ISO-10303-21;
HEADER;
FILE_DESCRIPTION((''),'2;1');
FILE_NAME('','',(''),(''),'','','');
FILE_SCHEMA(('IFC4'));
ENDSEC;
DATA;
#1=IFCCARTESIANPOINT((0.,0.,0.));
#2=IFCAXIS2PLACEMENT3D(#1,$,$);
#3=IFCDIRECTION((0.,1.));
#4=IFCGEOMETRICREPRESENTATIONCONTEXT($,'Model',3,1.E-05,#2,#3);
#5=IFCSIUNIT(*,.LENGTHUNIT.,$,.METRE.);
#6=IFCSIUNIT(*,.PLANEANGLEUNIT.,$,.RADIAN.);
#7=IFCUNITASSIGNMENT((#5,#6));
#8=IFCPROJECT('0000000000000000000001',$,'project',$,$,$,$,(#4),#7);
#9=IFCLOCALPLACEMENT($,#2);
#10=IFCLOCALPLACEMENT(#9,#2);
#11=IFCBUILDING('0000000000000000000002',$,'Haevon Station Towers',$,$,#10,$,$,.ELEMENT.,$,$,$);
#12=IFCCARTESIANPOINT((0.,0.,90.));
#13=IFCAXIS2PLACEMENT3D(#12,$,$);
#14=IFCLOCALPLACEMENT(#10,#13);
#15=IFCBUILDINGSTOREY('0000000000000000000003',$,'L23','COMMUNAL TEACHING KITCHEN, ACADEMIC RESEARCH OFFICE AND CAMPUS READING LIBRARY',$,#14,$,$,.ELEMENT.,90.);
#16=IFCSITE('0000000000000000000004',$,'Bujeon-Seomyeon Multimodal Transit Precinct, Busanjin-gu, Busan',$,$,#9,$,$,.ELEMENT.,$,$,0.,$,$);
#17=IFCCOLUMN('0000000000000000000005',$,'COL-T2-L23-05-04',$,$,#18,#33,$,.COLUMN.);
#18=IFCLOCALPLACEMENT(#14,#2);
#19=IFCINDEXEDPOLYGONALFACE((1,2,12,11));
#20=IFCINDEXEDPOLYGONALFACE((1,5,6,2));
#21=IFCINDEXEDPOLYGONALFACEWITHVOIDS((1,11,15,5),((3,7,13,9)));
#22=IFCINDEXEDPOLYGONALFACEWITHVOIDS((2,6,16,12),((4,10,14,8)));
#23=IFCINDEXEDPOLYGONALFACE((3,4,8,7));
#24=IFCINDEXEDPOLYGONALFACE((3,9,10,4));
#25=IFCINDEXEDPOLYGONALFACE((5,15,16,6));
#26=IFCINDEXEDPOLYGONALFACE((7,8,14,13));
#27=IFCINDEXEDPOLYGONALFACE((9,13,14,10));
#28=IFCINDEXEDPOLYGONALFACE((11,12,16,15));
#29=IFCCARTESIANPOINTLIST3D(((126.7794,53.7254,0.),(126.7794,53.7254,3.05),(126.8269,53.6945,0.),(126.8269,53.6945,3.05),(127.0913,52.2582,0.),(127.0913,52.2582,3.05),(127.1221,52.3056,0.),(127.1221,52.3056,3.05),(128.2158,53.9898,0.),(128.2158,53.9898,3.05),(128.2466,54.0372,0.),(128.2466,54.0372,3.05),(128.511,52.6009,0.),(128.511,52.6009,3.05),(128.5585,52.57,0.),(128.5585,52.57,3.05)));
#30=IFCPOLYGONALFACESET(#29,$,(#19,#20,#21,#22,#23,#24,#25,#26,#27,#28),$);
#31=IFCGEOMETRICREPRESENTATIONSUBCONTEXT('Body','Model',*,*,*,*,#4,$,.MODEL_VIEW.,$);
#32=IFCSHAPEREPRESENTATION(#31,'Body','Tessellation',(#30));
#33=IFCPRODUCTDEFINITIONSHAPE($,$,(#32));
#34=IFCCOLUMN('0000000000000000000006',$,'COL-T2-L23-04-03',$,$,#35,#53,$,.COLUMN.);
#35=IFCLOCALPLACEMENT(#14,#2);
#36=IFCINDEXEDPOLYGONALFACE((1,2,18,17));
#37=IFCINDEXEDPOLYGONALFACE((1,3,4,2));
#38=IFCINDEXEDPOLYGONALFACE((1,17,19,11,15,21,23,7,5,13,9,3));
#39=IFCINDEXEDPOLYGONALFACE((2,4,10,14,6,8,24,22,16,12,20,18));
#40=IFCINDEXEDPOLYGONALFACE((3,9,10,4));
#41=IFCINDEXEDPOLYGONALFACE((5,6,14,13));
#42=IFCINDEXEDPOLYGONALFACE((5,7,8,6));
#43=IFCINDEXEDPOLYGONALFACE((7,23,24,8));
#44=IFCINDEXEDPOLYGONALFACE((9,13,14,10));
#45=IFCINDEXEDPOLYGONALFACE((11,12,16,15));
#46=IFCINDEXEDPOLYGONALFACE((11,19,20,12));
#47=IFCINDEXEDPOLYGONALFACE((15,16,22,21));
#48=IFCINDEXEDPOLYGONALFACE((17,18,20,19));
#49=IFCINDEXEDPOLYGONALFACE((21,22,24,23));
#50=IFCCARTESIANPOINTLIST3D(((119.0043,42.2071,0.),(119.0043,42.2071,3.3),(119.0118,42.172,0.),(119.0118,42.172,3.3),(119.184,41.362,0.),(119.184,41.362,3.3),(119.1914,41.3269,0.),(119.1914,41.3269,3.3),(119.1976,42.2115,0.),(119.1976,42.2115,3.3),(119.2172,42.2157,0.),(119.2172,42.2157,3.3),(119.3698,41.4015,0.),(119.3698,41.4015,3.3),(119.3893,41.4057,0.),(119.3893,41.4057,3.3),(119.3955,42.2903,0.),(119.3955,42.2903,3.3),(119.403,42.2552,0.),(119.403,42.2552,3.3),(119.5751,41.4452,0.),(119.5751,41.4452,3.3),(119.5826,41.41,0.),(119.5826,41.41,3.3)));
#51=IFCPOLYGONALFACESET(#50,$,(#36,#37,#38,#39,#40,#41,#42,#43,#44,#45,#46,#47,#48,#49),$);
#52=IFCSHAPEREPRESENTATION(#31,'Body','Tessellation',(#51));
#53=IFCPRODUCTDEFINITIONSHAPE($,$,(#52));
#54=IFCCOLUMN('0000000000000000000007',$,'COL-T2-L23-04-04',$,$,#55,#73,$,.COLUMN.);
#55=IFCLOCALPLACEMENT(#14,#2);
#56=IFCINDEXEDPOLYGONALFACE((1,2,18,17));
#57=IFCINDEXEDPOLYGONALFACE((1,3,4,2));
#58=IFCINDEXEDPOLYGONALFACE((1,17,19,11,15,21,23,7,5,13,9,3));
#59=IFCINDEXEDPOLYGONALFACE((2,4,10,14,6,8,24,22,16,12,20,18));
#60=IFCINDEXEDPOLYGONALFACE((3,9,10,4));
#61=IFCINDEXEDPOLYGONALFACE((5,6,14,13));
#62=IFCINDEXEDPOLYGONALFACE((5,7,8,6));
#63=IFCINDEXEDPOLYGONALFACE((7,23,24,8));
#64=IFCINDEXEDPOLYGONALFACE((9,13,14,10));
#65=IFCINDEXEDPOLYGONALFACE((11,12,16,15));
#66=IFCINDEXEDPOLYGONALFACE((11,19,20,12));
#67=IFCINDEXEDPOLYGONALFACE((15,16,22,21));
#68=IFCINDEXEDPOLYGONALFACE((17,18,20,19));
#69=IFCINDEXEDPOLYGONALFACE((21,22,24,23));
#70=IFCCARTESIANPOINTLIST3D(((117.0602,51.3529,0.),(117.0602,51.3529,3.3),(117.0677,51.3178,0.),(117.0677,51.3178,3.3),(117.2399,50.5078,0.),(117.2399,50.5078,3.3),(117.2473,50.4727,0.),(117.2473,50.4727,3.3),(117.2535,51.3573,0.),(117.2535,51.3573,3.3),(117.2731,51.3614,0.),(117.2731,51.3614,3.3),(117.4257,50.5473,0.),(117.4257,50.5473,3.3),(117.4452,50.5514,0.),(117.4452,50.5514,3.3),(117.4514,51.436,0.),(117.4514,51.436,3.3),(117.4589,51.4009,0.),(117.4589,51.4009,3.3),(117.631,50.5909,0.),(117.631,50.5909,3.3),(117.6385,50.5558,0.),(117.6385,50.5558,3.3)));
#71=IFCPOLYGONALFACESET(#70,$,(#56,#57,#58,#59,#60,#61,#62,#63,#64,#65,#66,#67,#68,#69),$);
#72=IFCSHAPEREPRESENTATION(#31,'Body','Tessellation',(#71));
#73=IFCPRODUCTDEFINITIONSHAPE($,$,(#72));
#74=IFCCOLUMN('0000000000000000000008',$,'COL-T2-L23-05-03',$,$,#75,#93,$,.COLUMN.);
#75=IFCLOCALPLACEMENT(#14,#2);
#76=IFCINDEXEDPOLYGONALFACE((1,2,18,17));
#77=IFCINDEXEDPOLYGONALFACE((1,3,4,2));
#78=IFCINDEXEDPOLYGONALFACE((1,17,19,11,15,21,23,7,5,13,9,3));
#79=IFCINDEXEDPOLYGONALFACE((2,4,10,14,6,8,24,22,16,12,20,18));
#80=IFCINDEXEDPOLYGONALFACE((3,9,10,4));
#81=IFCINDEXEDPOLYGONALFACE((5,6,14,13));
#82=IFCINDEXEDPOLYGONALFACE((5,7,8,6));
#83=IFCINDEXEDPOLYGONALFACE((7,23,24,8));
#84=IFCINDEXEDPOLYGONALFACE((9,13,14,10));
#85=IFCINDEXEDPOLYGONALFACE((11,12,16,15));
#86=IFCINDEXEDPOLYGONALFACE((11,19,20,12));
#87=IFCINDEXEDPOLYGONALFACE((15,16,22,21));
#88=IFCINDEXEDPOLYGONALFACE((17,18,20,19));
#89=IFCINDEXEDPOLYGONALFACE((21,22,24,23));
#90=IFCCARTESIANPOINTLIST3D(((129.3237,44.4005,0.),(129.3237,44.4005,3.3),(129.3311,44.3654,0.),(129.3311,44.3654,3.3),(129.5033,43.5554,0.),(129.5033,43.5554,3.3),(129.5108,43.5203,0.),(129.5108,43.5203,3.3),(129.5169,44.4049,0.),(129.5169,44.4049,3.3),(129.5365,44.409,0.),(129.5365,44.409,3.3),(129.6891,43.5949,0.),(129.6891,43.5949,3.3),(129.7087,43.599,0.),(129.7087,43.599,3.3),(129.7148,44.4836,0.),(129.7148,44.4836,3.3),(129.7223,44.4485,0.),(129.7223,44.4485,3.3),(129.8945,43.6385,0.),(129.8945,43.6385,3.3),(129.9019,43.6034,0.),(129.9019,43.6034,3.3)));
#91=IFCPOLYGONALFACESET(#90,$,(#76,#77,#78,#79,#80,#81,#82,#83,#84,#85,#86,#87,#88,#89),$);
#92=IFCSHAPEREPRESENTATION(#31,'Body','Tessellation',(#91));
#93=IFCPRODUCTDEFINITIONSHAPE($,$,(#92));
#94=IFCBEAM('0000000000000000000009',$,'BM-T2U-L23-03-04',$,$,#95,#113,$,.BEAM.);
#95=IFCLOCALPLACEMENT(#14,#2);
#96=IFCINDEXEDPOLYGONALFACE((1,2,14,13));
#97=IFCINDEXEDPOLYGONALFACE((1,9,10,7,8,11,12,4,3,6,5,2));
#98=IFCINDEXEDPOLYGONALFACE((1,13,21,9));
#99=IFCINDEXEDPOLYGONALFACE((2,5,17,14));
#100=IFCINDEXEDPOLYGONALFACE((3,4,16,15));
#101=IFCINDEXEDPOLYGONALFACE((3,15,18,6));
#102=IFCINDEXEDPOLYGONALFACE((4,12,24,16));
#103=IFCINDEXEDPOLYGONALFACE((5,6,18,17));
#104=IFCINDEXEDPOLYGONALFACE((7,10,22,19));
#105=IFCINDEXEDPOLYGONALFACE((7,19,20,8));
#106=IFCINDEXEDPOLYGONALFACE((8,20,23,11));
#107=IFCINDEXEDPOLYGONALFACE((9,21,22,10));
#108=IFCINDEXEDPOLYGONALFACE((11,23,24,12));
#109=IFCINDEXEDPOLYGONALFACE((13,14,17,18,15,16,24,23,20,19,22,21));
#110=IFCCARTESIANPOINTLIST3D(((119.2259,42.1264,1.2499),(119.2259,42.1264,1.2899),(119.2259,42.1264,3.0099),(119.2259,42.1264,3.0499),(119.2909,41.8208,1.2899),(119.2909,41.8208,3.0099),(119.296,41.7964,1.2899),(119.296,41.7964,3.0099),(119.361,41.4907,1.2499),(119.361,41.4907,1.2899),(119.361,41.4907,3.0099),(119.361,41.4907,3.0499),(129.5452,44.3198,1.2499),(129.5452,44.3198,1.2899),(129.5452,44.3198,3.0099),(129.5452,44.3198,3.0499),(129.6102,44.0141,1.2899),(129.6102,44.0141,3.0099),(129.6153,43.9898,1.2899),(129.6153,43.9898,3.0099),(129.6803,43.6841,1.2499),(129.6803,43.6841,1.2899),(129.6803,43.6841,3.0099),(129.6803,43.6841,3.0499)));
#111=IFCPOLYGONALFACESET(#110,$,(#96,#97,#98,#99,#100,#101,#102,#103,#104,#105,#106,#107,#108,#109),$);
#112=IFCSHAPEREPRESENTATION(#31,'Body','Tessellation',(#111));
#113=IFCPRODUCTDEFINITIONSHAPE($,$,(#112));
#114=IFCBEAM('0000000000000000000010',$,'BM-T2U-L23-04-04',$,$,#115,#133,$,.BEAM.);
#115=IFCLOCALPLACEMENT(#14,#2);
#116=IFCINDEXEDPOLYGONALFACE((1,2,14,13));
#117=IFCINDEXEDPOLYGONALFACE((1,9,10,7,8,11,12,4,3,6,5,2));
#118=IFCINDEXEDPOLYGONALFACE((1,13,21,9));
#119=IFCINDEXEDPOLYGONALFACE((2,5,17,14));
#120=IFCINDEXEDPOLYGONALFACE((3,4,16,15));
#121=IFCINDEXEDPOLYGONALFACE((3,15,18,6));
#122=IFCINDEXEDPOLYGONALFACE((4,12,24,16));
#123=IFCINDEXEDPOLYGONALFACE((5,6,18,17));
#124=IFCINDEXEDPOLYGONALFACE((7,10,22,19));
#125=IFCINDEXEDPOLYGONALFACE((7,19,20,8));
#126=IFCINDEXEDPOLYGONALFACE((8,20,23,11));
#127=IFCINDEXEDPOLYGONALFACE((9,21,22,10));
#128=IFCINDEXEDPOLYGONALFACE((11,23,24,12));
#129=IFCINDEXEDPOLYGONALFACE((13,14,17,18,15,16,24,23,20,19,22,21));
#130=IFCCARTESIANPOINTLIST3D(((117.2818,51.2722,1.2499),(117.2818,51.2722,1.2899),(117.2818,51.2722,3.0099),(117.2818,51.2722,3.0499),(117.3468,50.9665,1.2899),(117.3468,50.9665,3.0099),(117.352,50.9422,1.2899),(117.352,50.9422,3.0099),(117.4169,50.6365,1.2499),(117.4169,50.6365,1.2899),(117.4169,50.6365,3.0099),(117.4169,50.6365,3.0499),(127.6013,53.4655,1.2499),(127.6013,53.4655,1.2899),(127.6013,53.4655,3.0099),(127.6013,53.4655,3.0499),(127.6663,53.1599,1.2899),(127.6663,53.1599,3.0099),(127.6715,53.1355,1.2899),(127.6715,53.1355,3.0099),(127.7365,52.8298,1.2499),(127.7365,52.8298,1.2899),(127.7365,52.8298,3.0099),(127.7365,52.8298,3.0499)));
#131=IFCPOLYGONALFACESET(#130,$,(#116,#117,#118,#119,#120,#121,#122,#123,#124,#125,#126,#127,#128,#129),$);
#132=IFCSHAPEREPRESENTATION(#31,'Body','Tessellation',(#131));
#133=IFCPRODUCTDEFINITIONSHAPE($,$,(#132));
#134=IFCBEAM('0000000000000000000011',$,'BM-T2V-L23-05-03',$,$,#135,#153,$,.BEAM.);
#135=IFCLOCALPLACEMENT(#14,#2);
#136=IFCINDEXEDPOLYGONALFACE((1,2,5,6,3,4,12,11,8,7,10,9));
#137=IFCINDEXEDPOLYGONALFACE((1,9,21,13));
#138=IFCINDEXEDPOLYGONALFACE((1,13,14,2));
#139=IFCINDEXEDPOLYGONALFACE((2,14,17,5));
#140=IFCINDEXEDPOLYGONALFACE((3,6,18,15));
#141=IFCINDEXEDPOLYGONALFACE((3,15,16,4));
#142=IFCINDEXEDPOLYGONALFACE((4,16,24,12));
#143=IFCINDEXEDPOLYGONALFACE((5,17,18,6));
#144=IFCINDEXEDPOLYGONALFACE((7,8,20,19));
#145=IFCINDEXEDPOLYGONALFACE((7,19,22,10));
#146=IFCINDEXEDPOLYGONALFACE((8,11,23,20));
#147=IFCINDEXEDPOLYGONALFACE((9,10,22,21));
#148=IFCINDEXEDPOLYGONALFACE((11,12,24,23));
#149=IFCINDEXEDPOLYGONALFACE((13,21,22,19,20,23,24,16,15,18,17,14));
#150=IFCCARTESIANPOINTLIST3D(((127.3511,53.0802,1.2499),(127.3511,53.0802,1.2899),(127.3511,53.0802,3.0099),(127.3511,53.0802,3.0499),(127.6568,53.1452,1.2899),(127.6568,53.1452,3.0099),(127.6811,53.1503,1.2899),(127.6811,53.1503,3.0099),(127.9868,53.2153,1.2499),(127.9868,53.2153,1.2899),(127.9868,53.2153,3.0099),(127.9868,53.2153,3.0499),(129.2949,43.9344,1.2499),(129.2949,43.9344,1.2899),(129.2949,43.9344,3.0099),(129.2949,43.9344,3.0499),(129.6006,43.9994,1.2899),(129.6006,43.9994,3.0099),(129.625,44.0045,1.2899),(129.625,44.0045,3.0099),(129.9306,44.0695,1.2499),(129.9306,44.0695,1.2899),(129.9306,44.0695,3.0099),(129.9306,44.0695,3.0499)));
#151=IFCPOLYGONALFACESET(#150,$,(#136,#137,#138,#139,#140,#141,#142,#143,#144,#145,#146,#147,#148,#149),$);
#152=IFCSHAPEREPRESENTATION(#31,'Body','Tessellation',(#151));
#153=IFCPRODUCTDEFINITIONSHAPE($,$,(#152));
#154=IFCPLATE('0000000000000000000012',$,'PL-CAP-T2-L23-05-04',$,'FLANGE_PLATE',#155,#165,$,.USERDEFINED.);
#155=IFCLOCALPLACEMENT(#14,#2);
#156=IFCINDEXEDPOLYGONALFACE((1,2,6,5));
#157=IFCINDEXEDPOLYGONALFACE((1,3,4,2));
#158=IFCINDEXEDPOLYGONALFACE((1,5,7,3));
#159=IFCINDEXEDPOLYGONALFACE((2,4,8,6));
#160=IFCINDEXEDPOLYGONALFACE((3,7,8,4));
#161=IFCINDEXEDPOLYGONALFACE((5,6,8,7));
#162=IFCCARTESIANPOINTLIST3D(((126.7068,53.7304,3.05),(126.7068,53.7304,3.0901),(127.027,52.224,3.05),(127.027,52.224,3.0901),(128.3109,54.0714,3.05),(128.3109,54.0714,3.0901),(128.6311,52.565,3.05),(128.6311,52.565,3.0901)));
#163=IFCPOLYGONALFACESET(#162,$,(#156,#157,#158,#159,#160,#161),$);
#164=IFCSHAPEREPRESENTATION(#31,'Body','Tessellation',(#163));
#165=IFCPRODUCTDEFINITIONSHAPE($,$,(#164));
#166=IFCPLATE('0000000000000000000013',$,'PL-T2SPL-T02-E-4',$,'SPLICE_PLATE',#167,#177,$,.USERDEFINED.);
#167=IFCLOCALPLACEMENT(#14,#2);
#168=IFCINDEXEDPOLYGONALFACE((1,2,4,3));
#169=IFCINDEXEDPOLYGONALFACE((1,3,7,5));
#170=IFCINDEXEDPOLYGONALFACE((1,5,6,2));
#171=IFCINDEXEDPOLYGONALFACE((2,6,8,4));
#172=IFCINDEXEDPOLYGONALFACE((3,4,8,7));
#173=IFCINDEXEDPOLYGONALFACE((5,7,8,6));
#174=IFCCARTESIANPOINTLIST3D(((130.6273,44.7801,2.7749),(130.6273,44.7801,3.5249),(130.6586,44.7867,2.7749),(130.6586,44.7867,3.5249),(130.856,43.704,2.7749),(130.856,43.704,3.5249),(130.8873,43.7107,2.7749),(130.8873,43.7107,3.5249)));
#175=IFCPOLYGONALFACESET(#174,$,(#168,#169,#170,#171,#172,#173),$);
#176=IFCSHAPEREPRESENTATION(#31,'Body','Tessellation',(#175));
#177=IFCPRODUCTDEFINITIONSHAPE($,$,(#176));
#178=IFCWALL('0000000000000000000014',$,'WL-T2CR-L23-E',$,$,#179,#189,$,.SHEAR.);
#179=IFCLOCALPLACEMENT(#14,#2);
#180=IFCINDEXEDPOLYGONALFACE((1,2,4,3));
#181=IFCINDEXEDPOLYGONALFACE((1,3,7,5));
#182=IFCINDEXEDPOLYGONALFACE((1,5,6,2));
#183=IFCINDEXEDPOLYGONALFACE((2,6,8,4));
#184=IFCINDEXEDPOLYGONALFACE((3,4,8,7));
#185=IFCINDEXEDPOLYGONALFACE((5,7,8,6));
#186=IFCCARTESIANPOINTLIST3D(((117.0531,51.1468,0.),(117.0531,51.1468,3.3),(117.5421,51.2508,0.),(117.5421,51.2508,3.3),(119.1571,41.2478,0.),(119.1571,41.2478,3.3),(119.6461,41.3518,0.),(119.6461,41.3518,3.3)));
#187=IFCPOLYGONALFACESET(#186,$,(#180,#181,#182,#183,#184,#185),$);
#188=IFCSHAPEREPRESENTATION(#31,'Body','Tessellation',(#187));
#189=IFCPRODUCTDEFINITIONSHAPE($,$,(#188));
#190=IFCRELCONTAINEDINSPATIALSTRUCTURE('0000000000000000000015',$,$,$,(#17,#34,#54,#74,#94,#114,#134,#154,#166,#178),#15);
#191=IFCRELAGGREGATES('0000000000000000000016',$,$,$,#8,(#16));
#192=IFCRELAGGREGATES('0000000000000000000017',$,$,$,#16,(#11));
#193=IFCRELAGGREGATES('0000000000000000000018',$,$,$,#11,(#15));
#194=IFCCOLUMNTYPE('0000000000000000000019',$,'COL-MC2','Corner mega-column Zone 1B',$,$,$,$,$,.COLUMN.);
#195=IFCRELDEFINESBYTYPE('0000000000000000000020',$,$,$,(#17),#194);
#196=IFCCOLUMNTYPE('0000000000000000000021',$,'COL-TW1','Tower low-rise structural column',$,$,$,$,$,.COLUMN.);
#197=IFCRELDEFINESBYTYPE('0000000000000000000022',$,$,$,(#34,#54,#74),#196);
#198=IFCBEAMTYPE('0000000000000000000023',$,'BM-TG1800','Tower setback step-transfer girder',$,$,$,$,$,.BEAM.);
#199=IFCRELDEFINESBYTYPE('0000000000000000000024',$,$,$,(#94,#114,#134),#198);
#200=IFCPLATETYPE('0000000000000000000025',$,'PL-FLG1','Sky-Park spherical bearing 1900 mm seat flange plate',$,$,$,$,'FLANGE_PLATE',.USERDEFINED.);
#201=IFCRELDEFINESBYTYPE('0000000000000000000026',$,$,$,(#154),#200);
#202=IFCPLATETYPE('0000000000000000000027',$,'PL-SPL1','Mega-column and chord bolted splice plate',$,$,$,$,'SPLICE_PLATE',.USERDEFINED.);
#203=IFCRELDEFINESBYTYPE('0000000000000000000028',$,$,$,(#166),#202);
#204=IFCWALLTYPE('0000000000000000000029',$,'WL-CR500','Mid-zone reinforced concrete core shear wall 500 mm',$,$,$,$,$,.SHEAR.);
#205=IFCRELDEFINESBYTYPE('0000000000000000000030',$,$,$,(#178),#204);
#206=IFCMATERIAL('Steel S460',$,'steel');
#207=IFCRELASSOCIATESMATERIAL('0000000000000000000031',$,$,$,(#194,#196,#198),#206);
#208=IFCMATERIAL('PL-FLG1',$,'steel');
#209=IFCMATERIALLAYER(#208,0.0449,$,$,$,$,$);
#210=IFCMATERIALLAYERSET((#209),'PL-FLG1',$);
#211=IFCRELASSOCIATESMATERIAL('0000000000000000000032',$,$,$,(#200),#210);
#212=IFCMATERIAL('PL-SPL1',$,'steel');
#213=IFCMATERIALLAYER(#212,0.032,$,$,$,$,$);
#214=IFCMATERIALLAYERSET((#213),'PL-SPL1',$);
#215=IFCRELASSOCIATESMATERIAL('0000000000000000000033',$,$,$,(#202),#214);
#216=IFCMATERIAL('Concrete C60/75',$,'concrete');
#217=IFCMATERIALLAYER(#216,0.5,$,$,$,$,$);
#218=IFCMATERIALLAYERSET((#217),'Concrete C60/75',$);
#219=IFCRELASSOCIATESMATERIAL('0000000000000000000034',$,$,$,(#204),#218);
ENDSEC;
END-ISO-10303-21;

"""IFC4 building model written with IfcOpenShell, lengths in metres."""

from ifc_helpers import new_model, si_unit, direction, frame, frame_2d, origin, origin_2d, place, context, subcontext, project, spatial, rectangle, hollow_rectangle, i_section, extrude, material, layer, layer_set, material_profile, profile_set, type_object, element, save


model = new_model("IFC4")

# Units and contexts
model_context = context("Model", 3, precision=1e-05, world=origin(), true_north=direction((0.0, 1.0)))
body_context = subcontext(model_context, "Body", "Model", "MODEL_VIEW")
ifc_project = project(units=[si_unit("LENGTHUNIT", "METRE"), si_unit("PLANEANGLEUNIT", "RADIAN")], contexts=[model_context])

# Site, building, storey
site_placement = place(None, origin())
site = spatial("IfcSite", under=ifc_project, at=site_placement, Name="Bujeon-Seomyeon Multimodal Transit Precinct, Busanjin-gu, Busan", CompositionType="ELEMENT", RefElevation=0.0)
building_placement = place(site_placement, origin())
building = spatial("IfcBuilding", under=site, at=building_placement, Name="Haevon Station Towers", CompositionType="ELEMENT")
storey_placement = place(building_placement, frame((0.0, 0.0, 90.0)))
storey = spatial("IfcBuildingStorey", under=building, at=storey_placement, Name="L23", Description="COMMUNAL TEACHING KITCHEN, ACADEMIC RESEARCH OFFICE AND CAMPUS READING LIBRARY", CompositionType="ELEMENT", Elevation=90.0)

# Columns
ifc_material_1 = material(Name="Steel S460", Category="steel")
ifc_material_profile_1 = material_profile(ifc_material_1, hollow_rectangle(XDim=1.5, YDim=1.5, WallThickness=0.04, at=origin_2d()), Name="BOX-1500x1500x40")
ifc_profile_set_1 = profile_set([ifc_material_profile_1], Name="Steel S460")
column_type_1 = type_object("IfcColumnType", Name="COL-MC2", Description="Corner mega-column Zone 1B", PredefinedType="COLUMN", material=ifc_profile_set_1)
column_placement = place(storey_placement, frame((127.6689, 53.1477, 0.0), z_axis=(0.0, 0.0, 1.0), x_axis=(0.978148, 0.207912, 0.0)))
element("IfcColumn", 1, at=column_placement, inside=storey, type_object=column_type_1, Name="COL-T2-L23-05-04", PredefinedType="COLUMN", context=body_context, shape_type="SweptSolid", body=[
    extrude(hollow_rectangle(XDim=1.5, YDim=1.5, WallThickness=0.04, at=origin_2d()), origin(), (0.0, 0.0, 1.0), 3.05),
])
ifc_material_profile_2 = material_profile(ifc_material_1, i_section(OverallWidth=0.3999, OverallDepth=0.8999, WebThickness=0.02, FlangeThickness=0.0359, at=origin_2d()), Name="H-900x400x20x36")
ifc_profile_set_2 = profile_set([ifc_material_profile_2], Name="Steel S460")
column_type_2 = type_object("IfcColumnType", Name="COL-TW1", Description="Tower low-rise structural column", PredefinedType="COLUMN", material=ifc_profile_set_2)
for number, where, z_axis, x_axis, name in (
    (2, (119.2935, 41.8086, 0.0), (0.0, 0.0, 1.0), (0.978148, 0.207912, 0.0), "COL-T2-L23-04-03"),
    (3, (117.3494, 50.9543, 0.0), (0.0, 0.0, 1.0), (0.978148, 0.207912, 0.0), "COL-T2-L23-04-04"),
    (4, (129.6128, 44.002, 0.0), (0.0, 0.0, 1.0), (0.978148, 0.207912, 0.0), "COL-T2-L23-05-03"),
):
    element("IfcColumn", number, at=place(storey_placement, frame(where, z_axis=z_axis, x_axis=x_axis)), inside=storey, type_object=column_type_2, Name=name, PredefinedType="COLUMN", context=body_context, shape_type="SweptSolid", body=[
        extrude(i_section(OverallWidth=0.3999, OverallDepth=0.8999, WebThickness=0.02, FlangeThickness=0.0359, at=origin_2d()), origin(), (0.0, 0.0, 1.0), 3.3),
    ])

# Beams
ifc_material_profile_3 = material_profile(ifc_material_1, i_section(OverallWidth=0.6499, OverallDepth=1.8, WebThickness=0.0249, FlangeThickness=0.04, at=origin_2d()), Name="H-1800x650x25x40")
ifc_profile_set_3 = profile_set([ifc_material_profile_3], Name="Steel S460")
beam_type = type_object("IfcBeamType", Name="BM-TG1800", Description="Tower setback step-transfer girder", PredefinedType="BEAM", material=ifc_profile_set_3)
beam_1_placement = place(storey_placement, frame((119.2935, 41.8086, 2.1499), z_axis=(0.978149, 0.207904, 0.0), x_axis=(-0.207904, 0.978149, 0.0)))
element("IfcBeam", 5, at=beam_1_placement, inside=storey, type_object=beam_type, Name="BM-T2U-L23-03-04", PredefinedType="BEAM", context=body_context, shape_type="SweptSolid", body=[
    extrude(i_section(OverallWidth=0.6499, OverallDepth=1.8, WebThickness=0.0249, FlangeThickness=0.04, at=origin_2d()), origin(), (0.0, 0.0, 1.0), 10.5498),
])
beam_2_placement = place(storey_placement, frame((117.3494, 50.9543, 2.1499), z_axis=(0.97815, 0.207899, 0.0), x_axis=(-0.207899, 0.97815, 0.0)))
element("IfcBeam", 6, at=beam_2_placement, inside=storey, type_object=beam_type, Name="BM-T2U-L23-04-04", PredefinedType="BEAM", context=body_context, shape_type="SweptSolid", body=[
    extrude(i_section(OverallWidth=0.6499, OverallDepth=1.8, WebThickness=0.0249, FlangeThickness=0.04, at=origin_2d()), origin(), (0.0, 0.0, 1.0), 10.55),
])
beam_3_placement = place(storey_placement, frame((129.6128, 44.002, 2.1499), z_axis=(-0.207897, 0.978151, 0.0), x_axis=(-0.978151, -0.207897, 0.0)))
element("IfcBeam", 7, at=beam_3_placement, inside=storey, type_object=beam_type, Name="BM-T2V-L23-05-03", PredefinedType="BEAM", context=body_context, shape_type="SweptSolid", body=[
    extrude(i_section(OverallWidth=0.6499, OverallDepth=1.8, WebThickness=0.0249, FlangeThickness=0.04, at=origin_2d()), origin(), (0.0, 0.0, 1.0), 9.3501),
])

# Plates
ifc_material_2 = material(Name="PL-FLG1", Category="steel")
ifc_layer_1 = layer(ifc_material_2, 0.0449)
ifc_layer_set_1 = layer_set([ifc_layer_1], Name="PL-FLG1")
plate_type_1 = type_object("IfcPlateType", Name="PL-FLG1", Description="Sky-Park spherical bearing 1900 mm seat flange plate", ElementType="FLANGE_PLATE", PredefinedType="USERDEFINED", material=ifc_layer_set_1)
plate_1_placement = place(storey_placement, frame((127.6689, 53.1477, 3.05), z_axis=(0.0, 0.0, 1.0), x_axis=(0.978148, 0.207912, 0.0)))
element("IfcPlate", 8, at=plate_1_placement, inside=storey, type_object=plate_type_1, Name="PL-CAP-T2-L23-05-04", ObjectType="FLANGE_PLATE", PredefinedType="USERDEFINED", context=body_context, shape_type="SweptSolid", body=[
    extrude(rectangle(XDim=1.6399, YDim=1.54, at=origin_2d()), origin(), (0.0, 0.0, 1.0), 0.04),
])
ifc_material_3 = material(Name="PL-SPL1", Category="steel")
ifc_layer_2 = layer(ifc_material_3, 0.032)
ifc_layer_set_2 = layer_set([ifc_layer_2], Name="PL-SPL1")
plate_type_2 = type_object("IfcPlateType", Name="PL-SPL1", Description="Mega-column and chord bolted splice plate", ElementType="SPLICE_PLATE", PredefinedType="USERDEFINED", material=ifc_layer_set_2)
plate_2_placement = place(storey_placement, frame((130.7573, 44.2454, 2.7749), z_axis=(0.0, 0.0, 1.0), x_axis=(-0.207912, 0.978148, 0.0)))
element("IfcPlate", 9, at=plate_2_placement, inside=storey, type_object=plate_type_2, Name="PL-T2SPL-T02-E-4", ObjectType="SPLICE_PLATE", PredefinedType="USERDEFINED", context=body_context, shape_type="SweptSolid", body=[
    extrude(rectangle(XDim=1.1001, YDim=0.032, at=origin_2d()), origin(), (0.0, 0.0, 1.0), 0.75),
])

# Wall
ifc_material_4 = material(Name="Concrete C60/75", Category="concrete")
ifc_layer_3 = layer(ifc_material_4, 0.5)
ifc_layer_set_3 = layer_set([ifc_layer_3], Name="Concrete C60/75")
wall_type_1 = type_object("IfcWallType", Name="WL-CR500", Description="Mid-zone reinforced concrete core shear wall 500 mm", PredefinedType="SHEAR", material=ifc_layer_set_3)
wall_1_placement = place(storey_placement, frame((119.4016, 41.2998, 0.0), z_axis=(0.0, 0.0, 1.0), x_axis=(-0.207904, 0.978149, 0.0)))
element("IfcWall", 10, at=wall_1_placement, inside=storey, type_object=wall_type_1, Name="WL-T2CR-L23-E", PredefinedType="SHEAR", context=body_context, shape_type="SweptSolid", body=[
    extrude(rectangle(XDim=10.1201, YDim=0.5, at=frame_2d((5.0601, 0.0))), origin(), (0.0, 0.0, 1.0), 3.3),
])

save(model, "model.ifc")
